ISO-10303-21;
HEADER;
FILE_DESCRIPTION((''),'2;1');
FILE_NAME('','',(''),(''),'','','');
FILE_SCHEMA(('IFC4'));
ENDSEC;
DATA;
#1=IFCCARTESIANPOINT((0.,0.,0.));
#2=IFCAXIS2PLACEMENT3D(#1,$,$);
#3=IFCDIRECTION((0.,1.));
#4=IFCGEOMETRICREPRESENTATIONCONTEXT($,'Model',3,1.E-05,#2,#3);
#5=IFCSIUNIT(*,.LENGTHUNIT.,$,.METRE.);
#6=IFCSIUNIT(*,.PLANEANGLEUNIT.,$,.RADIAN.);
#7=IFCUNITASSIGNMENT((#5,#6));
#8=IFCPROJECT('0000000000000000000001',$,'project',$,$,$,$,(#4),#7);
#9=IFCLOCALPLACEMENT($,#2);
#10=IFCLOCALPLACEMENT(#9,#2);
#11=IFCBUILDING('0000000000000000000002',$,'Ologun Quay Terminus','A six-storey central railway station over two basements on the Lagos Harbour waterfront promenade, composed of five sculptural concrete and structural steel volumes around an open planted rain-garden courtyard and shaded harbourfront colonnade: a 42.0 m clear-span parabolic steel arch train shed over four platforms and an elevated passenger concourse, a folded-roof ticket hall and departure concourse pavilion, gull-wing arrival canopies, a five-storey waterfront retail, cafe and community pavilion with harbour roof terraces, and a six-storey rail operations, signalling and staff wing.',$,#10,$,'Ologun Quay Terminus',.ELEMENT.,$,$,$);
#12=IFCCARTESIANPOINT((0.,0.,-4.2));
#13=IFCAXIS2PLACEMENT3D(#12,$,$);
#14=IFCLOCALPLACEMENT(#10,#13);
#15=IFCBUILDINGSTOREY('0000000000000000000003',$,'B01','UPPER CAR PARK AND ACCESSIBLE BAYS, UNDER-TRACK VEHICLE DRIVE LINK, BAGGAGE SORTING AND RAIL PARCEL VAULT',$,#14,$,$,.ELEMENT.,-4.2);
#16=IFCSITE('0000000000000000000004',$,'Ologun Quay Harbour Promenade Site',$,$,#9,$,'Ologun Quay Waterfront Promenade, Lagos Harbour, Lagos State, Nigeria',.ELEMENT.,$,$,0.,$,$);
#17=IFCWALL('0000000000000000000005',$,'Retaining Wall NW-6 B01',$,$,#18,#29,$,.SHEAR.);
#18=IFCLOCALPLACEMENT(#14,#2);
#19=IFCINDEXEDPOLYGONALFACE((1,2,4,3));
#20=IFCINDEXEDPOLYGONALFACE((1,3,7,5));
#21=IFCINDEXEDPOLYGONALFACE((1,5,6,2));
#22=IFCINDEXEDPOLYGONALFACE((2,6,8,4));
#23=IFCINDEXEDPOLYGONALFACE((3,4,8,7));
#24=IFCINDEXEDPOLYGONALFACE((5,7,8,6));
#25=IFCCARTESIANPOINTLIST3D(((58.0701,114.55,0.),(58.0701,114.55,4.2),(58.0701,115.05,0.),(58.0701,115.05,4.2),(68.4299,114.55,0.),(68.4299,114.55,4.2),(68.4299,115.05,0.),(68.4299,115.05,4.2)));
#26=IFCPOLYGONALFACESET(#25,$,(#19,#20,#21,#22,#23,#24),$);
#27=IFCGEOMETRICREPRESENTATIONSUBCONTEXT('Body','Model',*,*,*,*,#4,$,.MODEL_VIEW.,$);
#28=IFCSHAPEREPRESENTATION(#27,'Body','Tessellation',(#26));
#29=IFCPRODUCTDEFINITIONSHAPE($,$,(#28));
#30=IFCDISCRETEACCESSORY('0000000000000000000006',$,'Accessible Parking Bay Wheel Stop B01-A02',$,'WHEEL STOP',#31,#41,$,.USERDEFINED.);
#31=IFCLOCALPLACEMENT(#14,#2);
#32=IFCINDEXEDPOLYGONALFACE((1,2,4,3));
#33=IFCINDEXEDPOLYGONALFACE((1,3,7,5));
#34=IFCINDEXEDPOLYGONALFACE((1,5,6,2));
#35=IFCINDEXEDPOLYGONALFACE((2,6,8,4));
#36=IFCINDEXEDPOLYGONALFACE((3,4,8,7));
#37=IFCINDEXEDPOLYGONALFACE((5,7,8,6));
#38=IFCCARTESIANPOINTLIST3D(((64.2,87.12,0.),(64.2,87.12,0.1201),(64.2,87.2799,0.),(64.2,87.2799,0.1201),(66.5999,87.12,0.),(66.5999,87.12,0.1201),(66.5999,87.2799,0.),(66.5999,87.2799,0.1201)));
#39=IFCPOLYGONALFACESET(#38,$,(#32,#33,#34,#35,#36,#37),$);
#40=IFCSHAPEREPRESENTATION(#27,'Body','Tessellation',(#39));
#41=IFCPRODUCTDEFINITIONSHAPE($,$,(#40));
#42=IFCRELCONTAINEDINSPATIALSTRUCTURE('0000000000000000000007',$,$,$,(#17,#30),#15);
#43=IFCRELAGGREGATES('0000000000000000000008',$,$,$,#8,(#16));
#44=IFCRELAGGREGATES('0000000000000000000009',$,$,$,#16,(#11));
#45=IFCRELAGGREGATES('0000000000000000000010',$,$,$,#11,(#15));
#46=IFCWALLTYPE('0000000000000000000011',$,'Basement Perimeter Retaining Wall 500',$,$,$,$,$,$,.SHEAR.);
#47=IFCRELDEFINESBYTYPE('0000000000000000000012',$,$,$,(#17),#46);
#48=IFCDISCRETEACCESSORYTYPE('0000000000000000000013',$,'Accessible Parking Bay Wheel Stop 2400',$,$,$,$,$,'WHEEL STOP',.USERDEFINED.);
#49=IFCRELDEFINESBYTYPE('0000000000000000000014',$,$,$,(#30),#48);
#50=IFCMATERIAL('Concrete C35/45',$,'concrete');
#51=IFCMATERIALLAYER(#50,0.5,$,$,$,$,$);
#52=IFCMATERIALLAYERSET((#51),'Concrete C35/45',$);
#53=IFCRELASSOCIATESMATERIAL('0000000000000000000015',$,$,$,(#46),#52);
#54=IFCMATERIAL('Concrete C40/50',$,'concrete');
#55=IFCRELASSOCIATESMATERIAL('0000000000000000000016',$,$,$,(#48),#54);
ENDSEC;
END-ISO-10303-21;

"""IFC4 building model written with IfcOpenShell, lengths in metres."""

from ifc_helpers import new_model, si_unit, direction, frame, frame_2d, origin, origin_2d, place, context, subcontext, project, spatial, rectangle, extrude, material, layer, layer_set, type_object, element, save


model = new_model("IFC4")

# Units and contexts
model_context = context("Model", 3, precision=1e-05, world=origin(), true_north=direction((0.0, 1.0)))
body_context = subcontext(model_context, "Body", "Model", "MODEL_VIEW")
ifc_project = project(units=[si_unit("LENGTHUNIT", "METRE"), si_unit("PLANEANGLEUNIT", "RADIAN")], contexts=[model_context])

# Site, building, storey
site_placement = place(None, origin())
site = spatial("IfcSite", under=ifc_project, at=site_placement, Name="Ologun Quay Harbour Promenade Site", LongName="Ologun Quay Waterfront Promenade, Lagos Harbour, Lagos State, Nigeria", CompositionType="ELEMENT", RefElevation=0.0)
building_placement = place(site_placement, origin())
building = spatial("IfcBuilding", under=site, at=building_placement, Name="Ologun Quay Terminus", Description="A six-storey central railway station over two basements on the Lagos Harbour waterfront promenade, composed of five sculptural concrete and structural steel volumes around an open planted rain-garden courtyard and shaded harbourfront colonnade: a 42.0 m clear-span parabolic steel arch train shed over four platforms and an elevated passenger concourse, a folded-roof ticket hall and departure concourse pavilion, gull-wing arrival canopies, a five-storey waterfront retail, cafe and community pavilion with harbour roof terraces, and a six-storey rail operations, signalling and staff wing.", LongName="Ologun Quay Terminus", CompositionType="ELEMENT")
storey_placement = place(building_placement, frame((0.0, 0.0, -4.2)))
storey = spatial("IfcBuildingStorey", under=building, at=storey_placement, Name="B01", Description="UPPER CAR PARK AND ACCESSIBLE BAYS, UNDER-TRACK VEHICLE DRIVE LINK, BAGGAGE SORTING AND RAIL PARCEL VAULT", CompositionType="ELEMENT", Elevation=-4.2)

# Wall
ifc_material_1 = material(Name="Concrete C35/45", Category="concrete")
ifc_layer = layer(ifc_material_1, 0.5)
ifc_layer_set = layer_set([ifc_layer], Name="Concrete C35/45")
wall_type = type_object("IfcWallType", Name="Basement Perimeter Retaining Wall 500", PredefinedType="SHEAR", material=ifc_layer_set)
wall_placement = place(storey_placement, frame((58.0701, 114.8, 0.0), z_axis=(0.0, 0.0, 1.0), x_axis=(1.0, 0.0, 0.0)))
element("IfcWall", 1, at=wall_placement, inside=storey, type_object=wall_type, Name="Retaining Wall NW-6 B01", PredefinedType="SHEAR", context=body_context, shape_type="SweptSolid", body=[
    extrude(rectangle(XDim=10.3599, YDim=0.5, at=frame_2d((5.1799, 0.0))), origin(), (0.0, 0.0, 1.0), 4.2),
])

# Discrete accessory
ifc_material_2 = material(Name="Concrete C40/50", Category="concrete")
discrete_accessory_type = type_object("IfcDiscreteAccessoryType", Name="Accessible Parking Bay Wheel Stop 2400", ElementType="WHEEL STOP", PredefinedType="USERDEFINED", material=ifc_material_2)
discrete_accessory_placement = place(storey_placement, frame((65.3999, 87.2, 0.0), z_axis=(0.0, 0.0, 1.0), x_axis=(1.0, 0.0, 0.0)))
element("IfcDiscreteAccessory", 2, at=discrete_accessory_placement, inside=storey, type_object=discrete_accessory_type, Name="Accessible Parking Bay Wheel Stop B01-A02", ObjectType="WHEEL STOP", PredefinedType="USERDEFINED", context=body_context, shape_type="SweptSolid", body=[
    extrude(rectangle(XDim=2.3999, YDim=0.1599, at=origin_2d()), origin(), (0.0, 0.0, 1.0), 0.1201),
])

save(model, "model.ifc")
